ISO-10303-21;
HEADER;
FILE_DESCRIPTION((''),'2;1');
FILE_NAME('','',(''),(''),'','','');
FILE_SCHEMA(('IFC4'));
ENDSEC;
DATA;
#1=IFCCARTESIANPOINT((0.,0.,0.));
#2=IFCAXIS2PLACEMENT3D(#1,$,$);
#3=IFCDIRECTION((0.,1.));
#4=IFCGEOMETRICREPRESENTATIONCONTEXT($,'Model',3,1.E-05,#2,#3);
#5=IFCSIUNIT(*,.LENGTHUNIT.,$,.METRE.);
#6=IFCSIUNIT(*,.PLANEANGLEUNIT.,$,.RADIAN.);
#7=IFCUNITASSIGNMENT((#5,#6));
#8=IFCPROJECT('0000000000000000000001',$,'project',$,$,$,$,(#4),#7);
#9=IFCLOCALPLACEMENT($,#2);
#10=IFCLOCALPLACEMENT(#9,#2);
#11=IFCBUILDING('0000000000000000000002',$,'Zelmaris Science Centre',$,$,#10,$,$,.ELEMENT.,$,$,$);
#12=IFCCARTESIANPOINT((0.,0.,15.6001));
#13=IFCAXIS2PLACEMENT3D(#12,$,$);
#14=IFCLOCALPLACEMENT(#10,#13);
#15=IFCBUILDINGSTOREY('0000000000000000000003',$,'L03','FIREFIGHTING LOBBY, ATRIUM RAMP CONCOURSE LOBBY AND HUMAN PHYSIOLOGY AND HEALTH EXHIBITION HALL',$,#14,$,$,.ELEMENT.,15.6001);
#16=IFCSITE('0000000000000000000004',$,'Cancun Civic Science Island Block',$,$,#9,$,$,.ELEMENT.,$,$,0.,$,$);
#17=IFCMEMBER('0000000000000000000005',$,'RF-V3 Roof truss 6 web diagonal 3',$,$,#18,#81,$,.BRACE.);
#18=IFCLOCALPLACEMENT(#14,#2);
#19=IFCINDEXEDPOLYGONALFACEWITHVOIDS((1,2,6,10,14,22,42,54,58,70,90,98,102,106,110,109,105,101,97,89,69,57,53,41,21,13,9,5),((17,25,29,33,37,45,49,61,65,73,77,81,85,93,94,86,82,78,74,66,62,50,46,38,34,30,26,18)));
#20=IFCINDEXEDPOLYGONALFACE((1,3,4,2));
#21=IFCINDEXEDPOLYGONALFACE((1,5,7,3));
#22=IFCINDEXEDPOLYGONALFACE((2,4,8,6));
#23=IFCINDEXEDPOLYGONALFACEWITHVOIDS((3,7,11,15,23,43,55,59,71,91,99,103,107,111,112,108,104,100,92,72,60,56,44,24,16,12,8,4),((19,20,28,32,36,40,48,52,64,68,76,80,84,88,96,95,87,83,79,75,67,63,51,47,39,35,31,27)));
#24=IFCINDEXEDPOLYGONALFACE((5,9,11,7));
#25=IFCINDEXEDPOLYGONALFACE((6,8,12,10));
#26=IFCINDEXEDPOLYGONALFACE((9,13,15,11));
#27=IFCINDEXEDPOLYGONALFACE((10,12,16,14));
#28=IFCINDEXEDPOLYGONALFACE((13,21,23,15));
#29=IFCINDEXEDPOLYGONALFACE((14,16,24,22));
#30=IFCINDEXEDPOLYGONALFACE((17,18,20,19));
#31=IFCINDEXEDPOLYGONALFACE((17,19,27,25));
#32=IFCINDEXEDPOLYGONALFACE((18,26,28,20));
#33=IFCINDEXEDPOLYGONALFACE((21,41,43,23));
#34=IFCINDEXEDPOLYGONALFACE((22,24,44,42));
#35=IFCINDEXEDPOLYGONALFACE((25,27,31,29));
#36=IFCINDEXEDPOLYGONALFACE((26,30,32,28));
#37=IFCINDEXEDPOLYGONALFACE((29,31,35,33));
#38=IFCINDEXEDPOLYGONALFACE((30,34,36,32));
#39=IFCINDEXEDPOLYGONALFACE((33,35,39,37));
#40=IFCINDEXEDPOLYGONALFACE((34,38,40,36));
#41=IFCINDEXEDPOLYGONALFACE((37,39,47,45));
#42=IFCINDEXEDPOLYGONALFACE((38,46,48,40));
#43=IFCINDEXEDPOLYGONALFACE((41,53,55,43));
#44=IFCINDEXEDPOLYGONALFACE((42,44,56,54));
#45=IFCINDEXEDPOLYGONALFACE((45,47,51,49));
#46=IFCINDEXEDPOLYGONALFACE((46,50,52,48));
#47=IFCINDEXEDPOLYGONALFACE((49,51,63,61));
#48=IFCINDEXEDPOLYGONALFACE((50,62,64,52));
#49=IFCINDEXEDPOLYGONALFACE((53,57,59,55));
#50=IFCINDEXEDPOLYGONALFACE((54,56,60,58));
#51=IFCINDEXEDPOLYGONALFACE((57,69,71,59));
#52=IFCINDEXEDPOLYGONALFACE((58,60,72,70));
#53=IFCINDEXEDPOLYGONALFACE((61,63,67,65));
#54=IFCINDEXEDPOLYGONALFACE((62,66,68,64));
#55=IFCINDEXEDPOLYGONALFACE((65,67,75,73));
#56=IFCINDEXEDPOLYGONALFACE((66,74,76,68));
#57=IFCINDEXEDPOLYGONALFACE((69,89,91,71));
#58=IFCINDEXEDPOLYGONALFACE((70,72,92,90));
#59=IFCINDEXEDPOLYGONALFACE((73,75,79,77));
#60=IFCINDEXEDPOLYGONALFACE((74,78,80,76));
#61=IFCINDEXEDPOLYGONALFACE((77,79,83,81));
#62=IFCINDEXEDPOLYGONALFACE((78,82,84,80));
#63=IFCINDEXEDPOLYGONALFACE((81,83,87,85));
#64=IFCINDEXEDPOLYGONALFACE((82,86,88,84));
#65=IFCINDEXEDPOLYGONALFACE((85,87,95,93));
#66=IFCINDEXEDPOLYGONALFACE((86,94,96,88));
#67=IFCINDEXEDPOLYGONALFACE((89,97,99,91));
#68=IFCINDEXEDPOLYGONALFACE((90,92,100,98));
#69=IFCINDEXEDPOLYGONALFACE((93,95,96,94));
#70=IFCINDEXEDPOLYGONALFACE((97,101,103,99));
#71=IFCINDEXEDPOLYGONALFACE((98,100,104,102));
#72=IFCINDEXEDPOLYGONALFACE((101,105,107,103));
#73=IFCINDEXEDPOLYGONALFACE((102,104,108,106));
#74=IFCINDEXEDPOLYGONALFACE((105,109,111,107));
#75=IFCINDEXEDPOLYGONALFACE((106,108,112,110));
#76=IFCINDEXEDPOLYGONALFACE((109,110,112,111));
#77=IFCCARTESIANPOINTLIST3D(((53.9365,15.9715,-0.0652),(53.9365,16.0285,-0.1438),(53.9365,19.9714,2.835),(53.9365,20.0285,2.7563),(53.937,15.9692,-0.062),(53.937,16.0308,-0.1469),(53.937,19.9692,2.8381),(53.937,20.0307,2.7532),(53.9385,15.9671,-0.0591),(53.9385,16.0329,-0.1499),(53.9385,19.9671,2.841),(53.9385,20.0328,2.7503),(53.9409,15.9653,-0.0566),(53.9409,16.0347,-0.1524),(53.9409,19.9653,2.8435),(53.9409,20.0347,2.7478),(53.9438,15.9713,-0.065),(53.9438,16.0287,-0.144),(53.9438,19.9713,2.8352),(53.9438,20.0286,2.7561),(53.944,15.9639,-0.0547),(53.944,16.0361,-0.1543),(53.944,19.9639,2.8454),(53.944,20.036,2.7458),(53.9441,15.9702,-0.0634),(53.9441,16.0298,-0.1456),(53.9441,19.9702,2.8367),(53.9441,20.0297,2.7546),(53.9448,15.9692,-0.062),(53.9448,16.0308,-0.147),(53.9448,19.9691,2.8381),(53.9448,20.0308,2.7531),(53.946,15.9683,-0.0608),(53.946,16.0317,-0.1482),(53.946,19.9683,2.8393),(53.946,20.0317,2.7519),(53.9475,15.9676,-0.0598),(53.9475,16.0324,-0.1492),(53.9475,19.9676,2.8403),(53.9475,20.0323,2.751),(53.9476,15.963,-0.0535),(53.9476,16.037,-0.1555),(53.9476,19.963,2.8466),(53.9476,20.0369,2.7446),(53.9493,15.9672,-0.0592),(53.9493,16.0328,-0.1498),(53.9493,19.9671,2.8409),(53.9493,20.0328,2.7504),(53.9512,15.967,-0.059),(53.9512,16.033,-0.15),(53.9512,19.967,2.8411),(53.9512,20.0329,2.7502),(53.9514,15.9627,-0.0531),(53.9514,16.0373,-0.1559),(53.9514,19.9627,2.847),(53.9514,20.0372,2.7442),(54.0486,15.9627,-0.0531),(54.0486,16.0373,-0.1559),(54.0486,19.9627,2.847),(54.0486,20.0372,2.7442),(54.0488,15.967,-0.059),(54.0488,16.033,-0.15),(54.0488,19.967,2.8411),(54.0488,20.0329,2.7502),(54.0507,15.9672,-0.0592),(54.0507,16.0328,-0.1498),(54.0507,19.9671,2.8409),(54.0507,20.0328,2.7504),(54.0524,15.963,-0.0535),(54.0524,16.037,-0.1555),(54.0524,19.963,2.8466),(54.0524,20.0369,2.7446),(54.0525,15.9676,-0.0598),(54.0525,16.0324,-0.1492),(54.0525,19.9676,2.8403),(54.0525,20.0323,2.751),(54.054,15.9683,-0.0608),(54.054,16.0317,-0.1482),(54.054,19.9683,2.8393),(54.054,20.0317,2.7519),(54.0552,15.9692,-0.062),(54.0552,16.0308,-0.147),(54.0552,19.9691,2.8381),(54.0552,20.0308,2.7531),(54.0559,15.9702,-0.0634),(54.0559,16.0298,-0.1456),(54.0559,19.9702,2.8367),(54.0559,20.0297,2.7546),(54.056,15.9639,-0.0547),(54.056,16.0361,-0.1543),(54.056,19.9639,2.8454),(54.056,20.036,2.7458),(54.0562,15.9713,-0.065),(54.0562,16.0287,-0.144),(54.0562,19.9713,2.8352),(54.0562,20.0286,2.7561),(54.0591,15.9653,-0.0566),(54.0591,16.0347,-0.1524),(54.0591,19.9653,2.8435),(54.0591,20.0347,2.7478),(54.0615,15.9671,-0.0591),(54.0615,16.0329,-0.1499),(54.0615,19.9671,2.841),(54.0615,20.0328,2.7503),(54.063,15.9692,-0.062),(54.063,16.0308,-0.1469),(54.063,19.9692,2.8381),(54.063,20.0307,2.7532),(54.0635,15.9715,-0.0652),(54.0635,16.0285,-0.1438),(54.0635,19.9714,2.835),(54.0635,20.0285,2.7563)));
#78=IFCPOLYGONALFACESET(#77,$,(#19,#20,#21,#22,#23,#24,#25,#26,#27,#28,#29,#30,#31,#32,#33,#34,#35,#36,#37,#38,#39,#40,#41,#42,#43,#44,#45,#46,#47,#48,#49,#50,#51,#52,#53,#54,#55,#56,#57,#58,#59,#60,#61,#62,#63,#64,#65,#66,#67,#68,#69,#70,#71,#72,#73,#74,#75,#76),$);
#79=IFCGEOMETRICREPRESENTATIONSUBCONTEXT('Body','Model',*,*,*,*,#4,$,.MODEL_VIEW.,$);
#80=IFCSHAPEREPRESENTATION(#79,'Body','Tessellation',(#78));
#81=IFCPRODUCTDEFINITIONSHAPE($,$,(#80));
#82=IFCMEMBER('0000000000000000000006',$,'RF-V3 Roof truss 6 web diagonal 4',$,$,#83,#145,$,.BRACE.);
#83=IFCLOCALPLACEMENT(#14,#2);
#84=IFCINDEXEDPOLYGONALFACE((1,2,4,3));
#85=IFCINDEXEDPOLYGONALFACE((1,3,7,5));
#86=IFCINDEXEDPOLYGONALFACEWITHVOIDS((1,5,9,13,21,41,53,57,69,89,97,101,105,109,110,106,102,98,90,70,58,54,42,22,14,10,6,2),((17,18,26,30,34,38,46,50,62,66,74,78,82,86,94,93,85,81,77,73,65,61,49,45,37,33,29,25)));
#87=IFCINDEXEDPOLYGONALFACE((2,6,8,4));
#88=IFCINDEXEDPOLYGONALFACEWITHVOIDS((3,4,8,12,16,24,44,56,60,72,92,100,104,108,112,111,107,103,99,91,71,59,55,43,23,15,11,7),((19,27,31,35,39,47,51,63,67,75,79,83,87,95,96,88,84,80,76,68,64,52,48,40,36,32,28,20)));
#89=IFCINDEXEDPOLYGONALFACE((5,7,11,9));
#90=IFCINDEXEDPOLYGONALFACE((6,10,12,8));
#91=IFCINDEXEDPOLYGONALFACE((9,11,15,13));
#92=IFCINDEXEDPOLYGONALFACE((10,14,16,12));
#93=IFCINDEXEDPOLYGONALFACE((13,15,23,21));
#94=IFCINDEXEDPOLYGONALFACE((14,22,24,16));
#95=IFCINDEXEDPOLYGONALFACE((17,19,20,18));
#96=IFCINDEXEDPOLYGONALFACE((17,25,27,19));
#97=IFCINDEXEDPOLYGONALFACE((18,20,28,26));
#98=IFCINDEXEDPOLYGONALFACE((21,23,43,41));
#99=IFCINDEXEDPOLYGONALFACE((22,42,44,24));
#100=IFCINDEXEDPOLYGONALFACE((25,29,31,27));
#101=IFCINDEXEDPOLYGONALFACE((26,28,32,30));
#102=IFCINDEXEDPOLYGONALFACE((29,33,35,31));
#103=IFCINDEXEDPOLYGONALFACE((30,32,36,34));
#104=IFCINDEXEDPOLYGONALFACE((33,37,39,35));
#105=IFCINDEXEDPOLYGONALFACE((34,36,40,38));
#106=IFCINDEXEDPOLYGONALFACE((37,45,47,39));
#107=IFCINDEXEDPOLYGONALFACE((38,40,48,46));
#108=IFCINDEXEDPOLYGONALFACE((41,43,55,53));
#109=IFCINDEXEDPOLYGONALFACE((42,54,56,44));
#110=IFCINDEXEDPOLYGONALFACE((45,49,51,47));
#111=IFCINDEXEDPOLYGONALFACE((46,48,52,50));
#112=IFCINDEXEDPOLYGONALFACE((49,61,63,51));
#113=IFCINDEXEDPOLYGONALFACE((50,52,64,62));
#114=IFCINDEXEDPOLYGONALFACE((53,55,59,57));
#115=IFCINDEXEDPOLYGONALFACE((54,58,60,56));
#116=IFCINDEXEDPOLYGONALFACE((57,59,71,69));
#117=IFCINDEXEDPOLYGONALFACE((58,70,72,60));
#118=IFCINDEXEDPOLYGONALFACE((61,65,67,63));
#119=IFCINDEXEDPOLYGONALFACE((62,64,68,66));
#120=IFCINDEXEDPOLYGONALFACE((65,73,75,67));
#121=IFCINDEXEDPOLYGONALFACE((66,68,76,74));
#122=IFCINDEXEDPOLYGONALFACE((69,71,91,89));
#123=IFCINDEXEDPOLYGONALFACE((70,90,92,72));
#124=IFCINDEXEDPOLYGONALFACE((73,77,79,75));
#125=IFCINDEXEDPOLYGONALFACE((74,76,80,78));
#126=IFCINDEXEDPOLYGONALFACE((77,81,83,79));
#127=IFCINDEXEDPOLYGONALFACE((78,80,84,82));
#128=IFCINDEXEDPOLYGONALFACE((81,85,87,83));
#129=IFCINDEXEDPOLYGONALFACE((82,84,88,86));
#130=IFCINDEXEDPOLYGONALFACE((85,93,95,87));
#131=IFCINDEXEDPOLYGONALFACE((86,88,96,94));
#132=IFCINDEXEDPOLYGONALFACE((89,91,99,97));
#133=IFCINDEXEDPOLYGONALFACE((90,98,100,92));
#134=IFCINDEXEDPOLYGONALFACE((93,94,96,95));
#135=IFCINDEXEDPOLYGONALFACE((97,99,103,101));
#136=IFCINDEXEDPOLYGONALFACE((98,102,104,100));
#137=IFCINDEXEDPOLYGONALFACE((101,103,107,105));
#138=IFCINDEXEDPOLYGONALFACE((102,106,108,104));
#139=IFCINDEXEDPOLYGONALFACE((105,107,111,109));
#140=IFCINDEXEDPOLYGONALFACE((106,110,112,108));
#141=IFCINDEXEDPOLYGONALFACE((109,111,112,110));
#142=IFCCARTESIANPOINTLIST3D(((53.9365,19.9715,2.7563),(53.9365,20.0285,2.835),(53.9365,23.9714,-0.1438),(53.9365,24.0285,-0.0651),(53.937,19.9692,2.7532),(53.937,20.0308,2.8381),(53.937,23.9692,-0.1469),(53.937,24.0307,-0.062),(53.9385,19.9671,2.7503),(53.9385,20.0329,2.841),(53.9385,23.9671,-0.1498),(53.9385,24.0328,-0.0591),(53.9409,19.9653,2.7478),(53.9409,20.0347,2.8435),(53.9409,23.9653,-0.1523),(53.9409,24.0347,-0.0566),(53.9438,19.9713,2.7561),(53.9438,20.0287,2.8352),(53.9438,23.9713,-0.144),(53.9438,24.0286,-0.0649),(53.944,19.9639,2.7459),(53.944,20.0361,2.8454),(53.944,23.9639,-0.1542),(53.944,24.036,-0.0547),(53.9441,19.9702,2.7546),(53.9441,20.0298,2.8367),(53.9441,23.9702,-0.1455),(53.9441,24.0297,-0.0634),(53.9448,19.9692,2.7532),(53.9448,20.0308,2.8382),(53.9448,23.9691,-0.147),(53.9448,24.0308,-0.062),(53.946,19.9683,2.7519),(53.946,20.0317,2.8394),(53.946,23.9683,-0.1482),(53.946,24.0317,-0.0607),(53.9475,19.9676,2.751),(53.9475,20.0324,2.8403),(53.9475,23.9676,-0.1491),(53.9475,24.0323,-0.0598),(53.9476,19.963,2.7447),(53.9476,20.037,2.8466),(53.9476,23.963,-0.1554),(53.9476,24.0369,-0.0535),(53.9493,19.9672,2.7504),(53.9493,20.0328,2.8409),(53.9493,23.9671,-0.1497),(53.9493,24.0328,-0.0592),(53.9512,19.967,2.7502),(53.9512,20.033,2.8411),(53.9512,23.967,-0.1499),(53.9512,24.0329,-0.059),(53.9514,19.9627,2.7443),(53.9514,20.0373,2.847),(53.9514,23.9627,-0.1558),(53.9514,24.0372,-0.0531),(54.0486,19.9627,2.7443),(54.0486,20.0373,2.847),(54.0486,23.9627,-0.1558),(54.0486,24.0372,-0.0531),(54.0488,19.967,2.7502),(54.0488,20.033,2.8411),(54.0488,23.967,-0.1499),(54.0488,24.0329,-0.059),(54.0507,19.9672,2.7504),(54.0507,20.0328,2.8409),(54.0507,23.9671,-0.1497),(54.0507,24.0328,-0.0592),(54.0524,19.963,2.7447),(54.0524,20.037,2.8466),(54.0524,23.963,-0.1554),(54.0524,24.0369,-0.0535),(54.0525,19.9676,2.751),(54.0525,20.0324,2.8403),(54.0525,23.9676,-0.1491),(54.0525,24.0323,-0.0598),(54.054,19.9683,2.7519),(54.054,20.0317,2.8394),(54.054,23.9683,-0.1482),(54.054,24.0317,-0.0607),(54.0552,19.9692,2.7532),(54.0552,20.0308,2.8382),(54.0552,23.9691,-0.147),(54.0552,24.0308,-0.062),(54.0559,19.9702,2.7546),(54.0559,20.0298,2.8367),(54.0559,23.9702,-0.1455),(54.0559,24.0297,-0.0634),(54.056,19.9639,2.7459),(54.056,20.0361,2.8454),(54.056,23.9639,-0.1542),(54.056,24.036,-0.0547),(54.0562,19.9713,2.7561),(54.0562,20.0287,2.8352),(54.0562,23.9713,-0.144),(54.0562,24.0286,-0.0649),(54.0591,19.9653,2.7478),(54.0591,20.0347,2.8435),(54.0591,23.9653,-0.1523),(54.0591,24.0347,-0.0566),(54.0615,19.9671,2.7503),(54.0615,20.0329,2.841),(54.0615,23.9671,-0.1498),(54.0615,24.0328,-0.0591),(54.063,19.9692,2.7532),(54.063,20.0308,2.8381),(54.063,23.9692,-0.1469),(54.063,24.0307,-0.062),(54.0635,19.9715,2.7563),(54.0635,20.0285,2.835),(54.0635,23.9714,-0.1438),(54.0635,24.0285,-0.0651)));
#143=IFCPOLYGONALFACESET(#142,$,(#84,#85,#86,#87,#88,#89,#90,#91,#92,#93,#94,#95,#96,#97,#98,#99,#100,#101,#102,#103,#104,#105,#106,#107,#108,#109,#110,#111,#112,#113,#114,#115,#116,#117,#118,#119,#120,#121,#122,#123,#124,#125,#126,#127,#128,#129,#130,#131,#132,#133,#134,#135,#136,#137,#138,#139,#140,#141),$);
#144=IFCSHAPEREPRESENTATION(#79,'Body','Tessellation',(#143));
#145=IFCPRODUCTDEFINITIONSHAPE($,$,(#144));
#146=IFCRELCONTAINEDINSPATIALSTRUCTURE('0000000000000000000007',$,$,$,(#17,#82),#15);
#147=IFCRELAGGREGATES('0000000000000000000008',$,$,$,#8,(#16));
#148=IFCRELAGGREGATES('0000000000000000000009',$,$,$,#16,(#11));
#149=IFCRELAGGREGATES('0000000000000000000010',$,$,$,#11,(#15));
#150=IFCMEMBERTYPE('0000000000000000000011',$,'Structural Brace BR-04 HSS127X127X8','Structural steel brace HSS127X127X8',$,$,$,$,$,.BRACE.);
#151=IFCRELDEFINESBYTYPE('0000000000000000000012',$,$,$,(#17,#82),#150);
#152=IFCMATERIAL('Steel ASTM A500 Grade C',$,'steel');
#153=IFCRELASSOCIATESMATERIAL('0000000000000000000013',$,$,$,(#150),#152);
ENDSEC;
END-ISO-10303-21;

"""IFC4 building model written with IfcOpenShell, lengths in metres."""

from ifc_helpers import new_model, si_unit, direction, frame, origin, origin_2d, place, context, subcontext, project, spatial, hollow_rectangle, extrude, material, material_profile, profile_set, type_object, element, save


model = new_model("IFC4")

# Units and contexts
model_context = context("Model", 3, precision=1e-05, world=origin(), true_north=direction((0.0, 1.0)))
body_context = subcontext(model_context, "Body", "Model", "MODEL_VIEW")
ifc_project = project(units=[si_unit("LENGTHUNIT", "METRE"), si_unit("PLANEANGLEUNIT", "RADIAN")], contexts=[model_context])

# Site, building, storey
site_placement = place(None, origin())
site = spatial("IfcSite", under=ifc_project, at=site_placement, Name="Cancun Civic Science Island Block", CompositionType="ELEMENT", RefElevation=0.0)
building_placement = place(site_placement, origin())
building = spatial("IfcBuilding", under=site, at=building_placement, Name="Zelmaris Science Centre", CompositionType="ELEMENT")
storey_placement = place(building_placement, frame((0.0, 0.0, 15.6001)))
storey = spatial("IfcBuildingStorey", under=building, at=storey_placement, Name="L03", Description="FIREFIGHTING LOBBY, ATRIUM RAMP CONCOURSE LOBBY AND HUMAN PHYSIOLOGY AND HEALTH EXHIBITION HALL", CompositionType="ELEMENT", Elevation=15.6001)

# Shared definitions
ifc_material = material(Name="Steel ASTM A500 Grade C", Category="steel")

# Members
ifc_material_profile_1 = material_profile(ifc_material, hollow_rectangle(XDim=0.127, YDim=0.127, WallThickness=0.0073, InnerFilletRadius=0.0073, OuterFilletRadius=0.0149, at=origin_2d()), Name="HSS127X127X8")
ifc_profile_set_1 = profile_set([ifc_material_profile_1], Name="Steel ASTM A500 Grade C")
member_type_1 = type_object("IfcMemberType", Name="Structural Brace BR-04 HSS127X127X8", Description="Structural steel brace HSS127X127X8", PredefinedType="BRACE", material=ifc_profile_set_1)
for number, where, z_axis, x_axis, name in (
    (1, (54.0, 16.0, -0.1045), (0.0, 0.809596, 0.586987), (-1.0, 0.0, 0.0), "RF-V3 Roof truss 6 web diagonal 3"),
    (2, (54.0, 20.0, 2.7957), (0.0, 0.809596, -0.586987), (-1.0, 0.0, 0.0), "RF-V3 Roof truss 6 web diagonal 4"),
):
    element("IfcMember", number, at=place(storey_placement, frame(where, z_axis=z_axis, x_axis=x_axis)), inside=storey, type_object=member_type_1, Name=name, PredefinedType="BRACE", context=body_context, shape_type="SweptSolid", body=[
        extrude(hollow_rectangle(XDim=0.127, YDim=0.127, WallThickness=0.0073, InnerFilletRadius=0.0073, OuterFilletRadius=0.0149, at=origin_2d()), origin(), (0.0, 0.0, 1.0), 4.9407),
    ])

save(model, "model.ifc")
